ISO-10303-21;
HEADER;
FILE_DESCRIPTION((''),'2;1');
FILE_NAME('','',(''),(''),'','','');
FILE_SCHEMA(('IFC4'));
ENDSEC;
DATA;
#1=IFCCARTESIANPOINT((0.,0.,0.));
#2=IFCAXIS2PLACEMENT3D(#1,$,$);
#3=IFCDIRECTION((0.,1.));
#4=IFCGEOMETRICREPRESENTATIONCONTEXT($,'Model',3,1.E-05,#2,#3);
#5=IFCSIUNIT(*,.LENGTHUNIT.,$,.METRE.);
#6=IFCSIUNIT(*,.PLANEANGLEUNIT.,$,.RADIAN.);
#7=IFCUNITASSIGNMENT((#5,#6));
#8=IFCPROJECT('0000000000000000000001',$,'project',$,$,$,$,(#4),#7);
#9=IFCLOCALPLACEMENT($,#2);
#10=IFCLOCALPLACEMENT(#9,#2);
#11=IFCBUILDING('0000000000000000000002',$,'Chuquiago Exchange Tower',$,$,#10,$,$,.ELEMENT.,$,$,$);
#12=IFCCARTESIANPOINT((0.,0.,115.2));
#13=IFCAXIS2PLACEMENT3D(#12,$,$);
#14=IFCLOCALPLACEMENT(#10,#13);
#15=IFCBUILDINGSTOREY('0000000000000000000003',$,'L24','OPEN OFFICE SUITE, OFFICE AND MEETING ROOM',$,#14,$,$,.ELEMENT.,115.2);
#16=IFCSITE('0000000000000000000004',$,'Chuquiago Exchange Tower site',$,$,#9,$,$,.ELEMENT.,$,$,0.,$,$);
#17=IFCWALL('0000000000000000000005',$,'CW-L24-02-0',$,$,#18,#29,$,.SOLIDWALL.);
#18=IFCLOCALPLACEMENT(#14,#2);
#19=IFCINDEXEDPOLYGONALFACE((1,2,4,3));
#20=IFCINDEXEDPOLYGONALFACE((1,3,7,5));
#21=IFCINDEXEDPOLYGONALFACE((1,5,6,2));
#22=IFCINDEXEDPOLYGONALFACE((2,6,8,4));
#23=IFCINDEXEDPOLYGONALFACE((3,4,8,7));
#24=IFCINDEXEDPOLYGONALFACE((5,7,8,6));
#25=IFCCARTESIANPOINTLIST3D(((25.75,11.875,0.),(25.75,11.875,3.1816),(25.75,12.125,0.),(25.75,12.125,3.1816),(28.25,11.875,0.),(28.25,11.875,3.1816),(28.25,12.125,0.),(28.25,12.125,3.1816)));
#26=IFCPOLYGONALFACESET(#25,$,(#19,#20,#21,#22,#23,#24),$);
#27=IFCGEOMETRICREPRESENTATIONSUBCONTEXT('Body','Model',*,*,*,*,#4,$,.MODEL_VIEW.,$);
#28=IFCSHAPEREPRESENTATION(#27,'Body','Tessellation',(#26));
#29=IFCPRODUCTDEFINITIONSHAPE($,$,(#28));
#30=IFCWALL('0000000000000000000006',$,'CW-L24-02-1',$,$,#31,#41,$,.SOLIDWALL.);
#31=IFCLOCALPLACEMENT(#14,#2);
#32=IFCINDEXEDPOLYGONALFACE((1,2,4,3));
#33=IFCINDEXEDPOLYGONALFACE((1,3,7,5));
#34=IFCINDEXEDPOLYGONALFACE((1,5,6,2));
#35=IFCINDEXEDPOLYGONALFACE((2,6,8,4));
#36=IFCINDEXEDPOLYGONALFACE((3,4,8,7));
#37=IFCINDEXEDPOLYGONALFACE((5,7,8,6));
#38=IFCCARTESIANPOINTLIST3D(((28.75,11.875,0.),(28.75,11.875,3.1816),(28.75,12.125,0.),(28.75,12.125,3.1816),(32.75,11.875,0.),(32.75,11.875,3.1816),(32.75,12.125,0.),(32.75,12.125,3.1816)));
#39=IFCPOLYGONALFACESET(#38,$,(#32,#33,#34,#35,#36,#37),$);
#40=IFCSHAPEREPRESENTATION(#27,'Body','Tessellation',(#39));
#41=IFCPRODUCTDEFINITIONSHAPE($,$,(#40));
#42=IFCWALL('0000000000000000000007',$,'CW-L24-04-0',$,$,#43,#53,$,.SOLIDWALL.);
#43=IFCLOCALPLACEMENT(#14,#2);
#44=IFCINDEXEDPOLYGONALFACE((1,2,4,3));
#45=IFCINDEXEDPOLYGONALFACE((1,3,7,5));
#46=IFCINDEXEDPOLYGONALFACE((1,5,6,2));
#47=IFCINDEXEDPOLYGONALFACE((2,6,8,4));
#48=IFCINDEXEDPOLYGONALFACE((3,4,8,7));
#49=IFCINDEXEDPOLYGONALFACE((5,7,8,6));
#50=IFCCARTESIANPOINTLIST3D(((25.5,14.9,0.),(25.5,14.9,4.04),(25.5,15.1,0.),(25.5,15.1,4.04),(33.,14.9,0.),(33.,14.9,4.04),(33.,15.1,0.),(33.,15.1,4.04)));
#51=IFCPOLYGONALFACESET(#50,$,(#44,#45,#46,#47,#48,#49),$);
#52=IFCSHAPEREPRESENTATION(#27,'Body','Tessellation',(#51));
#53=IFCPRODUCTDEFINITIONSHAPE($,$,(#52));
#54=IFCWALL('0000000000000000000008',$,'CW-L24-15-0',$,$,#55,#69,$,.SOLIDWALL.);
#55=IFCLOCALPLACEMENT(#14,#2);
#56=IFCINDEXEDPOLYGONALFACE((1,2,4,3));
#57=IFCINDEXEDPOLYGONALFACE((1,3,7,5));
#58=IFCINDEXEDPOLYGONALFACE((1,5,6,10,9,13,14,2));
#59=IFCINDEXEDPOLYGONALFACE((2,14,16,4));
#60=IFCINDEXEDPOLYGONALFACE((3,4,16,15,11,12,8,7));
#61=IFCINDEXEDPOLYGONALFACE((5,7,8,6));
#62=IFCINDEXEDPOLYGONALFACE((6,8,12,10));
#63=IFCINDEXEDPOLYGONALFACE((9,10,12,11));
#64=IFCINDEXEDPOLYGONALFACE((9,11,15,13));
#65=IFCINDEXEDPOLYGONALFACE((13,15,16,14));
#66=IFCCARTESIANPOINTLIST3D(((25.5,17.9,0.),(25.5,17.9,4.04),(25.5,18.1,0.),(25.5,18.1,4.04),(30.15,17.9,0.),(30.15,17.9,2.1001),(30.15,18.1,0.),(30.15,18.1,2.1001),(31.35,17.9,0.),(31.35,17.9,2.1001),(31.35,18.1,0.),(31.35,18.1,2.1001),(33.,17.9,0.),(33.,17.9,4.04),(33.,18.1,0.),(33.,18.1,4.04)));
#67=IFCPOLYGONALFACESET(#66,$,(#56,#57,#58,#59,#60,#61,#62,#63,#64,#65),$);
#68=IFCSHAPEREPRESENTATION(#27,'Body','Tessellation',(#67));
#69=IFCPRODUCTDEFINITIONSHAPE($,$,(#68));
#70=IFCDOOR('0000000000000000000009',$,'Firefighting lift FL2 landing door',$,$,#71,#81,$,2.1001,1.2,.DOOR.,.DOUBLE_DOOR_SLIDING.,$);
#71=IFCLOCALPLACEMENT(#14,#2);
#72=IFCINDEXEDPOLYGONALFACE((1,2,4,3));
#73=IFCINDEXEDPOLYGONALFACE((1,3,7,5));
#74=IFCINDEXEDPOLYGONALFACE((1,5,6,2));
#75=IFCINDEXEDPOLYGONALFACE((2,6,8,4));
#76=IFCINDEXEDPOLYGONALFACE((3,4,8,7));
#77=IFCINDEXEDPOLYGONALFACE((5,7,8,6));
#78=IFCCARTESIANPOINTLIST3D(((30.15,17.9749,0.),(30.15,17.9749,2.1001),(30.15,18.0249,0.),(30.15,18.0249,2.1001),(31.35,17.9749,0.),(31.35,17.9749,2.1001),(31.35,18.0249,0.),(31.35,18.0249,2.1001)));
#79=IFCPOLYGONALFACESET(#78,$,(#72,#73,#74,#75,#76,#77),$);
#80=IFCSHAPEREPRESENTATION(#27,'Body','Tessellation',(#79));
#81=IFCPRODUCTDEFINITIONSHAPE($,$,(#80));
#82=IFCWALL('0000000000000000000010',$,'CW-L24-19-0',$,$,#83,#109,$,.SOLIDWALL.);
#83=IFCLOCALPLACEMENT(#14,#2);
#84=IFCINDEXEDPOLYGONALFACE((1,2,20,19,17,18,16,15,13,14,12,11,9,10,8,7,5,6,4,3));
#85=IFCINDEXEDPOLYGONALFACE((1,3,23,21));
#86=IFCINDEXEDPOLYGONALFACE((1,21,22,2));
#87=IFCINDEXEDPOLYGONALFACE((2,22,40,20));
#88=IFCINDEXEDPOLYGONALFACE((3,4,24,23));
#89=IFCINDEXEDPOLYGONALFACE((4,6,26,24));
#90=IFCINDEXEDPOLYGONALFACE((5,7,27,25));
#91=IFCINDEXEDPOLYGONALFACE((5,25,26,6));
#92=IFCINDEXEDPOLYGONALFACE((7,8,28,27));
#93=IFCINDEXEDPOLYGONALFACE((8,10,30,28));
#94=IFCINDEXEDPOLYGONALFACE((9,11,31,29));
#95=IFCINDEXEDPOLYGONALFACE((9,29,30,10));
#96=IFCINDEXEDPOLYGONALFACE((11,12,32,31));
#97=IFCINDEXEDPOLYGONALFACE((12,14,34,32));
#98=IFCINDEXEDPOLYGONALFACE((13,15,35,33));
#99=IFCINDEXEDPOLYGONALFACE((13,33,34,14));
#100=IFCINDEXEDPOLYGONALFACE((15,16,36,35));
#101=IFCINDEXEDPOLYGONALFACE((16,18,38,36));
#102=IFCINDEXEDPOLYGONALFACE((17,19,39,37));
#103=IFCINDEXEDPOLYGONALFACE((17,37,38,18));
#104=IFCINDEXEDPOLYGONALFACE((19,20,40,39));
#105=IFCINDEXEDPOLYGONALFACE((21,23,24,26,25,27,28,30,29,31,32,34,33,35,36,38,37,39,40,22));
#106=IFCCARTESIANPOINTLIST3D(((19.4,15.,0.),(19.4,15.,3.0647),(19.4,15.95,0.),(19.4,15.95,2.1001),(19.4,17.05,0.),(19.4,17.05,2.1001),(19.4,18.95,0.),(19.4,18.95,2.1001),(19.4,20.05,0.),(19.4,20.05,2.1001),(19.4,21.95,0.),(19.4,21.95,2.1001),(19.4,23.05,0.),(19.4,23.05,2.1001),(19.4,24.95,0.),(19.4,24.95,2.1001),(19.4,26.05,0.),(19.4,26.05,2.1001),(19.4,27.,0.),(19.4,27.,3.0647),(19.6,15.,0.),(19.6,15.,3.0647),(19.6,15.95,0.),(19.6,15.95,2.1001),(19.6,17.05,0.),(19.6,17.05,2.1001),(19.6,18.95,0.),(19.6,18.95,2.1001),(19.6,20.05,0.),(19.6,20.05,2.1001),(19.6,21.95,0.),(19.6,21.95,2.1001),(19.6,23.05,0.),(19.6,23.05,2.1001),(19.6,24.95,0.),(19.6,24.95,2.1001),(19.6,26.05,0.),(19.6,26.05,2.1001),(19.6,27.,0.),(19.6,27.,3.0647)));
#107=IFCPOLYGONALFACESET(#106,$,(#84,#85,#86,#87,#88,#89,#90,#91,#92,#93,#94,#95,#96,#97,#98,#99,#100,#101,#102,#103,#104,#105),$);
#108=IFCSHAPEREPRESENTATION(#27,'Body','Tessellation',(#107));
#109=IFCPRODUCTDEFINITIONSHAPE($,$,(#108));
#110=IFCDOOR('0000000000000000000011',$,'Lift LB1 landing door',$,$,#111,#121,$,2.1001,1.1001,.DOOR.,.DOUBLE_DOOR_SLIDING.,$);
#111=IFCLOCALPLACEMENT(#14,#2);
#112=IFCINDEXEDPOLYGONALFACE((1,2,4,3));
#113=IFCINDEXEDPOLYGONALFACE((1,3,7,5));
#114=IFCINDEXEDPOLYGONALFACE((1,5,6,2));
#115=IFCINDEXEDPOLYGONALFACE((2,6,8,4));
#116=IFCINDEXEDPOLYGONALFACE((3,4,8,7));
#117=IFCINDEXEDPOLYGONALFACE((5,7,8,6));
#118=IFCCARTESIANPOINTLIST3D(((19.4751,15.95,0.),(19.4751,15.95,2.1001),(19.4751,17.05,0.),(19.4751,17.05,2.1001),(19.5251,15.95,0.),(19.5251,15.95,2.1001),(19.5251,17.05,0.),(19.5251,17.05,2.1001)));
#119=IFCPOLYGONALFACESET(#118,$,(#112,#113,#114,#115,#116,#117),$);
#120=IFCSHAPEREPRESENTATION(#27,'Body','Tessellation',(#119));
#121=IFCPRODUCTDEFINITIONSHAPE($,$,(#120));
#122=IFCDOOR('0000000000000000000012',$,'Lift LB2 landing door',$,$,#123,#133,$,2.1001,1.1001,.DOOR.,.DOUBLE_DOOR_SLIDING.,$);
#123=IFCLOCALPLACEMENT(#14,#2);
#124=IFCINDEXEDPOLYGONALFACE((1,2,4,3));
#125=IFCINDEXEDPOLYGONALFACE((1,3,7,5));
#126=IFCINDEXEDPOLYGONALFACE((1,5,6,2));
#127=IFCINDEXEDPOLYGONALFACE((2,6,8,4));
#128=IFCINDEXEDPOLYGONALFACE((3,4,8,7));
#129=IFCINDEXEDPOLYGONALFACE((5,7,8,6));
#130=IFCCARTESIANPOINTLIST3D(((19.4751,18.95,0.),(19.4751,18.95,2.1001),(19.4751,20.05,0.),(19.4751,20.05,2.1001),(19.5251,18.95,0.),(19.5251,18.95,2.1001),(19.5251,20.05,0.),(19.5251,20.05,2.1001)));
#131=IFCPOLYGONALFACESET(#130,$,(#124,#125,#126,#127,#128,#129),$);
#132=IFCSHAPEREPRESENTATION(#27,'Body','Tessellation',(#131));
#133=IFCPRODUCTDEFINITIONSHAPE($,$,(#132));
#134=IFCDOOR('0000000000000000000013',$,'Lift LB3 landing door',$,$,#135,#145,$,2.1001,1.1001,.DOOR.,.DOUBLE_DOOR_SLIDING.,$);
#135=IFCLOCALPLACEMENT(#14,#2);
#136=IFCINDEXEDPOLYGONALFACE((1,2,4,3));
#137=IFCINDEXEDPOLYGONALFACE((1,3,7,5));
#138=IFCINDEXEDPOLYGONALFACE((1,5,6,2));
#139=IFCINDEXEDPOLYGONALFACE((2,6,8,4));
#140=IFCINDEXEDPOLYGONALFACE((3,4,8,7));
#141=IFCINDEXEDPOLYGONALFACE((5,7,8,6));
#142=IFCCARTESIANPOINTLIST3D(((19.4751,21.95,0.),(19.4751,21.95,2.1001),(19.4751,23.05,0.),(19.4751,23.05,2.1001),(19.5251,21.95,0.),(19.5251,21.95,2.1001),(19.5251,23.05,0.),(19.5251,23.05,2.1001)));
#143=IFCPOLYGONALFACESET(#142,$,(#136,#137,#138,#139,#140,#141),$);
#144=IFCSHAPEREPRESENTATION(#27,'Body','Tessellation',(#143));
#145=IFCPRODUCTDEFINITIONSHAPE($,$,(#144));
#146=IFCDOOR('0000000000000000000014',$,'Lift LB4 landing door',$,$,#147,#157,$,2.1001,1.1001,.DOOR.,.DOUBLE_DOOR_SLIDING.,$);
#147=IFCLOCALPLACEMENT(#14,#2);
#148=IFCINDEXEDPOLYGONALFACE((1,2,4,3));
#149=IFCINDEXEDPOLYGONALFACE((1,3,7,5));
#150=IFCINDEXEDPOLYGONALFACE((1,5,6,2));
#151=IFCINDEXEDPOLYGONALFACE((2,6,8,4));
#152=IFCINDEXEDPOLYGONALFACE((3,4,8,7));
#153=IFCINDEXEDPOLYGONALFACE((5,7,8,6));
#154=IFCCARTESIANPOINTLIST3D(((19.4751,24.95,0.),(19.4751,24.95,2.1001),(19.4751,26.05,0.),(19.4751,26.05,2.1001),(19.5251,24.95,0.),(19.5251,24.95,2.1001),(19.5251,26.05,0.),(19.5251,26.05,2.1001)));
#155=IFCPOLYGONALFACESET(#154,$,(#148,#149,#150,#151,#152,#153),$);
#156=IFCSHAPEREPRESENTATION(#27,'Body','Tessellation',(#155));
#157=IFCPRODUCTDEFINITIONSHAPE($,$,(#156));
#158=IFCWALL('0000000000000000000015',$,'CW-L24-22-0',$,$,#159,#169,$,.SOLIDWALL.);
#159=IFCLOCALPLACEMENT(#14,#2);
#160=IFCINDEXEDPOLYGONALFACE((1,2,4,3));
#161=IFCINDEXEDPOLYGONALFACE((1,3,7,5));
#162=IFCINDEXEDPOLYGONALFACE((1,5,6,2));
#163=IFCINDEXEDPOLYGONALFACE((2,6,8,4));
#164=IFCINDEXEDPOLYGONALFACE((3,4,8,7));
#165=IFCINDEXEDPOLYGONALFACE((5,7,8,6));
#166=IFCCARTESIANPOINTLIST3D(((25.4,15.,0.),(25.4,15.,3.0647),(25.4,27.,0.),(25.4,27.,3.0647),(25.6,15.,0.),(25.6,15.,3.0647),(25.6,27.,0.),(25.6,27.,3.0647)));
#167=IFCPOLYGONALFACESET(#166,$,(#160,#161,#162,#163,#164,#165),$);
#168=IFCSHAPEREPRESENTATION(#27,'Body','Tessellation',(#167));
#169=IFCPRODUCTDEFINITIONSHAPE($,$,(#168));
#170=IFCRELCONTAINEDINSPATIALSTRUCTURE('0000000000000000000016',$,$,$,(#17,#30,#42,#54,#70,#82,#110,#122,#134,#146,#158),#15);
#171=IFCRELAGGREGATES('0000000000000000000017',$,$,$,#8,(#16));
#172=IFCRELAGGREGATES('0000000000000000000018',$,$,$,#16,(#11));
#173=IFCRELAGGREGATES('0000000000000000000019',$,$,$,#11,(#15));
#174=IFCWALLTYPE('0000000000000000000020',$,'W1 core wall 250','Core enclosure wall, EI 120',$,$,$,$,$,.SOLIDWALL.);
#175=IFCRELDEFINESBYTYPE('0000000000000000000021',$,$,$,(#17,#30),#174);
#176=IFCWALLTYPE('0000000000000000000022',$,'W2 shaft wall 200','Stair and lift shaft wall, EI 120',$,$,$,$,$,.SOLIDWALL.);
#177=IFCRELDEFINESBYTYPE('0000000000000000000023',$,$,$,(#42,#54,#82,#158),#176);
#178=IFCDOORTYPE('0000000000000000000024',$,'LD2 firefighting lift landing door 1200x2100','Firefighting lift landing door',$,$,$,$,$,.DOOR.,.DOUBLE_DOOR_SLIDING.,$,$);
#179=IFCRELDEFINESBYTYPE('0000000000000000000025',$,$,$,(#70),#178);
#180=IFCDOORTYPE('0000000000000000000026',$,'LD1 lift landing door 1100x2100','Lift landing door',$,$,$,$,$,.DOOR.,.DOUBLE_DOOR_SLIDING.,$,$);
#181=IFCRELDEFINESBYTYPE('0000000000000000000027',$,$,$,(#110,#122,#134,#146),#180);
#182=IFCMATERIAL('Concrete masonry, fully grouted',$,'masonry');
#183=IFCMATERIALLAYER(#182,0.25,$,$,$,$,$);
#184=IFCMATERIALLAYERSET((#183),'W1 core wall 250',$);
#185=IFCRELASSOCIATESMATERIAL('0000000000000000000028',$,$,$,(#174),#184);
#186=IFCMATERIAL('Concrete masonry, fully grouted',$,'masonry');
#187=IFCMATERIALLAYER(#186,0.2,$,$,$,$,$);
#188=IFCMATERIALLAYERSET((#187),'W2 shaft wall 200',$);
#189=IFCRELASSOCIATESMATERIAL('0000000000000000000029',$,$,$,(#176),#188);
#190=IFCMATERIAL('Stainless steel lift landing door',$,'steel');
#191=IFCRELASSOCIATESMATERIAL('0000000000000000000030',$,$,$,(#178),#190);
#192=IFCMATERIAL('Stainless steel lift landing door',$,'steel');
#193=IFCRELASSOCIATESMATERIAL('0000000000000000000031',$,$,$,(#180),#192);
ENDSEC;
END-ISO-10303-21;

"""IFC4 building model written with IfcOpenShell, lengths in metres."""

from ifc_helpers import new_model, si_unit, direction, frame, frame_2d, origin, place, context, subcontext, project, spatial, rectangle, extrude, material, layer, layer_set, type_object, element, fill, save


model = new_model("IFC4")

# Units and contexts
model_context = context("Model", 3, precision=1e-05, world=origin(), true_north=direction((0.0, 1.0)))
body_context = subcontext(model_context, "Body", "Model", "MODEL_VIEW")
ifc_project = project(units=[si_unit("LENGTHUNIT", "METRE"), si_unit("PLANEANGLEUNIT", "RADIAN")], contexts=[model_context])

# Site, building, storey
site_placement = place(None, origin())
site = spatial("IfcSite", under=ifc_project, at=site_placement, Name="Chuquiago Exchange Tower site", CompositionType="ELEMENT", RefElevation=0.0)
building_placement = place(site_placement, origin())
building = spatial("IfcBuilding", under=site, at=building_placement, Name="Chuquiago Exchange Tower", CompositionType="ELEMENT")
storey_placement = place(building_placement, frame((0.0, 0.0, 115.2)))
storey = spatial("IfcBuildingStorey", under=building, at=storey_placement, Name="L24", Description="OPEN OFFICE SUITE, OFFICE AND MEETING ROOM", CompositionType="ELEMENT", Elevation=115.2)

# Walls
ifc_material_1 = material(Name="Concrete masonry, fully grouted", Category="masonry")
ifc_layer_1 = layer(ifc_material_1, 0.25)
ifc_layer_set_1 = layer_set([ifc_layer_1], Name="W1 core wall 250")
wall_type_1 = type_object("IfcWallType", Name="W1 core wall 250", Description="Core enclosure wall, EI 120", PredefinedType="SOLIDWALL", material=ifc_layer_set_1)
wall_1_placement = place(storey_placement, frame((25.75, 12.0, 0.0), z_axis=(0.0, 0.0, 1.0), x_axis=(1.0, 0.0, 0.0)))
element("IfcWall", 1, at=wall_1_placement, inside=storey, type_object=wall_type_1, Name="CW-L24-02-0", PredefinedType="SOLIDWALL", context=body_context, shape_type="SweptSolid", body=[
    extrude(rectangle(XDim=2.5, YDim=0.25, at=frame_2d((1.25, 0.0))), origin(), (0.0, 0.0, 1.0), 3.1816),
])
wall_2_placement = place(storey_placement, frame((28.75, 12.0, 0.0), z_axis=(0.0, 0.0, 1.0), x_axis=(1.0, 0.0, 0.0)))
element("IfcWall", 2, at=wall_2_placement, inside=storey, type_object=wall_type_1, Name="CW-L24-02-1", PredefinedType="SOLIDWALL", context=body_context, shape_type="SweptSolid", body=[
    extrude(rectangle(XDim=4.0, YDim=0.25, at=frame_2d((2.0, 0.0))), origin(), (0.0, 0.0, 1.0), 3.1816),
])
ifc_material_2 = material(Name="Concrete masonry, fully grouted", Category="masonry")
ifc_layer_2 = layer(ifc_material_2, 0.2)
ifc_layer_set_2 = layer_set([ifc_layer_2], Name="W2 shaft wall 200")
wall_type_2 = type_object("IfcWallType", Name="W2 shaft wall 200", Description="Stair and lift shaft wall, EI 120", PredefinedType="SOLIDWALL", material=ifc_layer_set_2)
wall_3_placement = place(storey_placement, frame((25.5, 15.0, 0.0), z_axis=(0.0, 0.0, 1.0), x_axis=(1.0, 0.0, 0.0)))
element("IfcWall", 3, at=wall_3_placement, inside=storey, type_object=wall_type_2, Name="CW-L24-04-0", PredefinedType="SOLIDWALL", context=body_context, shape_type="SweptSolid", body=[
    extrude(rectangle(XDim=7.5, YDim=0.2, at=frame_2d((3.75, 0.0))), origin(), (0.0, 0.0, 1.0), 4.04),
])

# Wall, opening, door
wall_4_placement = place(storey_placement, frame((25.5, 18.0, 0.0), z_axis=(0.0, 0.0, 1.0), x_axis=(1.0, 0.0, 0.0)))
wall_4 = element("IfcWall", 4, at=wall_4_placement, inside=storey, type_object=wall_type_2, Name="CW-L24-15-0", PredefinedType="SOLIDWALL", context=body_context, shape_type="SweptSolid", body=[
    extrude(rectangle(XDim=7.5, YDim=0.2, at=frame_2d((3.75, 0.0))), origin(), (0.0, 0.0, 1.0), 4.04),
])
opening_1_placement = place(wall_4_placement, frame((4.6499, 0.0, 0.0)))
opening_1 = element("IfcOpeningElement", 5, at=opening_1_placement, cuts=wall_4, PredefinedType="OPENING", context=body_context, shape_type="SweptSolid", body=[
    extrude(rectangle(XDim=1.2, YDim=2.1001, at=frame_2d((0.6001, 1.05))), frame((0.0, 0.1099, 0.0), z_axis=(0.0, -1.0, 0.0), x_axis=(1.0, 0.0, 0.0)), (0.0, 0.0, 1.0), 0.22),
])
ifc_material_3 = material(Name="Stainless steel lift landing door", Category="steel")
door_type_1 = type_object("IfcDoorType", Name="LD2 firefighting lift landing door 1200x2100", Description="Firefighting lift landing door", OperationType="DOUBLE_DOOR_SLIDING", PredefinedType="DOOR", material=ifc_material_3)
door_1_placement = place(opening_1_placement, origin())
door_1 = element("IfcDoor", 6, at=door_1_placement, inside=storey, type_object=door_type_1, Name="Firefighting lift FL2 landing door", OperationType="DOUBLE_DOOR_SLIDING", OverallHeight=2.1001, OverallWidth=1.2, PredefinedType="DOOR", context=body_context, shape_type="SweptSolid", body=[
    extrude(rectangle(XDim=1.2, YDim=2.1001, at=frame_2d((0.6001, 1.05))), frame((0.0, 0.0249, 0.0), z_axis=(0.0, -1.0, 0.0), x_axis=(1.0, 0.0, 0.0)), (0.0, 0.0, 1.0), 0.05),
])
fill(opening_1, door_1)

# Wall, openings, doors
wall_5_placement = place(storey_placement, frame((19.5, 15.0, 0.0), z_axis=(0.0, 0.0, 1.0), x_axis=(0.0, 1.0, 0.0)))
wall_5 = element("IfcWall", 7, at=wall_5_placement, inside=storey, type_object=wall_type_2, Name="CW-L24-19-0", PredefinedType="SOLIDWALL", context=body_context, shape_type="SweptSolid", body=[
    extrude(rectangle(XDim=12.0, YDim=0.2, at=frame_2d((6.0, 0.0))), origin(), (0.0, 0.0, 1.0), 3.0647),
])
opening_2_placement = place(wall_5_placement, frame((0.95, 0.0, 0.0)))
opening_2 = element("IfcOpeningElement", 8, at=opening_2_placement, cuts=wall_5, PredefinedType="OPENING", context=body_context, shape_type="SweptSolid", body=[
    extrude(rectangle(XDim=1.1001, YDim=2.1001, at=frame_2d((0.55, 1.05))), frame((0.0, 0.1099, 0.0), z_axis=(0.0, -1.0, 0.0), x_axis=(1.0, 0.0, 0.0)), (0.0, 0.0, 1.0), 0.22),
])
opening_3_placement = place(wall_5_placement, frame((3.95, 0.0, 0.0)))
opening_3 = element("IfcOpeningElement", 9, at=opening_3_placement, cuts=wall_5, PredefinedType="OPENING", context=body_context, shape_type="SweptSolid", body=[
    extrude(rectangle(XDim=1.1001, YDim=2.1001, at=frame_2d((0.55, 1.05))), frame((0.0, 0.1099, 0.0), z_axis=(0.0, -1.0, 0.0), x_axis=(1.0, 0.0, 0.0)), (0.0, 0.0, 1.0), 0.22),
])
opening_4_placement = place(wall_5_placement, frame((6.95, 0.0, 0.0)))
opening_4 = element("IfcOpeningElement", 10, at=opening_4_placement, cuts=wall_5, PredefinedType="OPENING", context=body_context, shape_type="SweptSolid", body=[
    extrude(rectangle(XDim=1.1001, YDim=2.1001, at=frame_2d((0.55, 1.05))), frame((0.0, 0.1099, 0.0), z_axis=(0.0, -1.0, 0.0), x_axis=(1.0, 0.0, 0.0)), (0.0, 0.0, 1.0), 0.22),
])
opening_5_placement = place(wall_5_placement, frame((9.95, 0.0, 0.0)))
opening_5 = element("IfcOpeningElement", 11, at=opening_5_placement, cuts=wall_5, PredefinedType="OPENING", context=body_context, shape_type="SweptSolid", body=[
    extrude(rectangle(XDim=1.1001, YDim=2.1001, at=frame_2d((0.55, 1.05))), frame((0.0, 0.1099, 0.0), z_axis=(0.0, -1.0, 0.0), x_axis=(1.0, 0.0, 0.0)), (0.0, 0.0, 1.0), 0.22),
])
ifc_material_4 = material(Name="Stainless steel lift landing door", Category="steel")
door_type_2 = type_object("IfcDoorType", Name="LD1 lift landing door 1100x2100", Description="Lift landing door", OperationType="DOUBLE_DOOR_SLIDING", PredefinedType="DOOR", material=ifc_material_4)
door_2_placement = place(opening_2_placement, origin())
door_2 = element("IfcDoor", 12, at=door_2_placement, inside=storey, type_object=door_type_2, Name="Lift LB1 landing door", OperationType="DOUBLE_DOOR_SLIDING", OverallHeight=2.1001, OverallWidth=1.1001, PredefinedType="DOOR", context=body_context, shape_type="SweptSolid", body=[
    extrude(rectangle(XDim=1.1001, YDim=2.1001, at=frame_2d((0.55, 1.05))), frame((0.0, 0.0249, 0.0), z_axis=(0.0, -1.0, 0.0), x_axis=(1.0, 0.0, 0.0)), (0.0, 0.0, 1.0), 0.05),
])
fill(opening_2, door_2)
door_3_placement = place(opening_3_placement, origin())
door_3 = element("IfcDoor", 13, at=door_3_placement, inside=storey, type_object=door_type_2, Name="Lift LB2 landing door", OperationType="DOUBLE_DOOR_SLIDING", OverallHeight=2.1001, OverallWidth=1.1001, PredefinedType="DOOR", context=body_context, shape_type="SweptSolid", body=[
    extrude(rectangle(XDim=1.1001, YDim=2.1001, at=frame_2d((0.55, 1.05))), frame((0.0, 0.0249, 0.0), z_axis=(0.0, -1.0, 0.0), x_axis=(1.0, 0.0, 0.0)), (0.0, 0.0, 1.0), 0.05),
])
fill(opening_3, door_3)
door_4_placement = place(opening_4_placement, origin())
door_4 = element("IfcDoor", 14, at=door_4_placement, inside=storey, type_object=door_type_2, Name="Lift LB3 landing door", OperationType="DOUBLE_DOOR_SLIDING", OverallHeight=2.1001, OverallWidth=1.1001, PredefinedType="DOOR", context=body_context, shape_type="SweptSolid", body=[
    extrude(rectangle(XDim=1.1001, YDim=2.1001, at=frame_2d((0.55, 1.05))), frame((0.0, 0.0249, 0.0), z_axis=(0.0, -1.0, 0.0), x_axis=(1.0, 0.0, 0.0)), (0.0, 0.0, 1.0), 0.05),
])
fill(opening_4, door_4)
door_5_placement = place(opening_5_placement, origin())
door_5 = element("IfcDoor", 15, at=door_5_placement, inside=storey, type_object=door_type_2, Name="Lift LB4 landing door", OperationType="DOUBLE_DOOR_SLIDING", OverallHeight=2.1001, OverallWidth=1.1001, PredefinedType="DOOR", context=body_context, shape_type="SweptSolid", body=[
    extrude(rectangle(XDim=1.1001, YDim=2.1001, at=frame_2d((0.55, 1.05))), frame((0.0, 0.0249, 0.0), z_axis=(0.0, -1.0, 0.0), x_axis=(1.0, 0.0, 0.0)), (0.0, 0.0, 1.0), 0.05),
])
fill(opening_5, door_5)

# Wall
wall_6_placement = place(storey_placement, frame((25.5, 15.0, 0.0), z_axis=(0.0, 0.0, 1.0), x_axis=(0.0, 1.0, 0.0)))
element("IfcWall", 16, at=wall_6_placement, inside=storey, type_object=wall_type_2, Name="CW-L24-22-0", PredefinedType="SOLIDWALL", context=body_context, shape_type="SweptSolid", body=[
    extrude(rectangle(XDim=12.0, YDim=0.2, at=frame_2d((6.0, 0.0))), origin(), (0.0, 0.0, 1.0), 3.0647),
])

save(model, "model.ifc")
